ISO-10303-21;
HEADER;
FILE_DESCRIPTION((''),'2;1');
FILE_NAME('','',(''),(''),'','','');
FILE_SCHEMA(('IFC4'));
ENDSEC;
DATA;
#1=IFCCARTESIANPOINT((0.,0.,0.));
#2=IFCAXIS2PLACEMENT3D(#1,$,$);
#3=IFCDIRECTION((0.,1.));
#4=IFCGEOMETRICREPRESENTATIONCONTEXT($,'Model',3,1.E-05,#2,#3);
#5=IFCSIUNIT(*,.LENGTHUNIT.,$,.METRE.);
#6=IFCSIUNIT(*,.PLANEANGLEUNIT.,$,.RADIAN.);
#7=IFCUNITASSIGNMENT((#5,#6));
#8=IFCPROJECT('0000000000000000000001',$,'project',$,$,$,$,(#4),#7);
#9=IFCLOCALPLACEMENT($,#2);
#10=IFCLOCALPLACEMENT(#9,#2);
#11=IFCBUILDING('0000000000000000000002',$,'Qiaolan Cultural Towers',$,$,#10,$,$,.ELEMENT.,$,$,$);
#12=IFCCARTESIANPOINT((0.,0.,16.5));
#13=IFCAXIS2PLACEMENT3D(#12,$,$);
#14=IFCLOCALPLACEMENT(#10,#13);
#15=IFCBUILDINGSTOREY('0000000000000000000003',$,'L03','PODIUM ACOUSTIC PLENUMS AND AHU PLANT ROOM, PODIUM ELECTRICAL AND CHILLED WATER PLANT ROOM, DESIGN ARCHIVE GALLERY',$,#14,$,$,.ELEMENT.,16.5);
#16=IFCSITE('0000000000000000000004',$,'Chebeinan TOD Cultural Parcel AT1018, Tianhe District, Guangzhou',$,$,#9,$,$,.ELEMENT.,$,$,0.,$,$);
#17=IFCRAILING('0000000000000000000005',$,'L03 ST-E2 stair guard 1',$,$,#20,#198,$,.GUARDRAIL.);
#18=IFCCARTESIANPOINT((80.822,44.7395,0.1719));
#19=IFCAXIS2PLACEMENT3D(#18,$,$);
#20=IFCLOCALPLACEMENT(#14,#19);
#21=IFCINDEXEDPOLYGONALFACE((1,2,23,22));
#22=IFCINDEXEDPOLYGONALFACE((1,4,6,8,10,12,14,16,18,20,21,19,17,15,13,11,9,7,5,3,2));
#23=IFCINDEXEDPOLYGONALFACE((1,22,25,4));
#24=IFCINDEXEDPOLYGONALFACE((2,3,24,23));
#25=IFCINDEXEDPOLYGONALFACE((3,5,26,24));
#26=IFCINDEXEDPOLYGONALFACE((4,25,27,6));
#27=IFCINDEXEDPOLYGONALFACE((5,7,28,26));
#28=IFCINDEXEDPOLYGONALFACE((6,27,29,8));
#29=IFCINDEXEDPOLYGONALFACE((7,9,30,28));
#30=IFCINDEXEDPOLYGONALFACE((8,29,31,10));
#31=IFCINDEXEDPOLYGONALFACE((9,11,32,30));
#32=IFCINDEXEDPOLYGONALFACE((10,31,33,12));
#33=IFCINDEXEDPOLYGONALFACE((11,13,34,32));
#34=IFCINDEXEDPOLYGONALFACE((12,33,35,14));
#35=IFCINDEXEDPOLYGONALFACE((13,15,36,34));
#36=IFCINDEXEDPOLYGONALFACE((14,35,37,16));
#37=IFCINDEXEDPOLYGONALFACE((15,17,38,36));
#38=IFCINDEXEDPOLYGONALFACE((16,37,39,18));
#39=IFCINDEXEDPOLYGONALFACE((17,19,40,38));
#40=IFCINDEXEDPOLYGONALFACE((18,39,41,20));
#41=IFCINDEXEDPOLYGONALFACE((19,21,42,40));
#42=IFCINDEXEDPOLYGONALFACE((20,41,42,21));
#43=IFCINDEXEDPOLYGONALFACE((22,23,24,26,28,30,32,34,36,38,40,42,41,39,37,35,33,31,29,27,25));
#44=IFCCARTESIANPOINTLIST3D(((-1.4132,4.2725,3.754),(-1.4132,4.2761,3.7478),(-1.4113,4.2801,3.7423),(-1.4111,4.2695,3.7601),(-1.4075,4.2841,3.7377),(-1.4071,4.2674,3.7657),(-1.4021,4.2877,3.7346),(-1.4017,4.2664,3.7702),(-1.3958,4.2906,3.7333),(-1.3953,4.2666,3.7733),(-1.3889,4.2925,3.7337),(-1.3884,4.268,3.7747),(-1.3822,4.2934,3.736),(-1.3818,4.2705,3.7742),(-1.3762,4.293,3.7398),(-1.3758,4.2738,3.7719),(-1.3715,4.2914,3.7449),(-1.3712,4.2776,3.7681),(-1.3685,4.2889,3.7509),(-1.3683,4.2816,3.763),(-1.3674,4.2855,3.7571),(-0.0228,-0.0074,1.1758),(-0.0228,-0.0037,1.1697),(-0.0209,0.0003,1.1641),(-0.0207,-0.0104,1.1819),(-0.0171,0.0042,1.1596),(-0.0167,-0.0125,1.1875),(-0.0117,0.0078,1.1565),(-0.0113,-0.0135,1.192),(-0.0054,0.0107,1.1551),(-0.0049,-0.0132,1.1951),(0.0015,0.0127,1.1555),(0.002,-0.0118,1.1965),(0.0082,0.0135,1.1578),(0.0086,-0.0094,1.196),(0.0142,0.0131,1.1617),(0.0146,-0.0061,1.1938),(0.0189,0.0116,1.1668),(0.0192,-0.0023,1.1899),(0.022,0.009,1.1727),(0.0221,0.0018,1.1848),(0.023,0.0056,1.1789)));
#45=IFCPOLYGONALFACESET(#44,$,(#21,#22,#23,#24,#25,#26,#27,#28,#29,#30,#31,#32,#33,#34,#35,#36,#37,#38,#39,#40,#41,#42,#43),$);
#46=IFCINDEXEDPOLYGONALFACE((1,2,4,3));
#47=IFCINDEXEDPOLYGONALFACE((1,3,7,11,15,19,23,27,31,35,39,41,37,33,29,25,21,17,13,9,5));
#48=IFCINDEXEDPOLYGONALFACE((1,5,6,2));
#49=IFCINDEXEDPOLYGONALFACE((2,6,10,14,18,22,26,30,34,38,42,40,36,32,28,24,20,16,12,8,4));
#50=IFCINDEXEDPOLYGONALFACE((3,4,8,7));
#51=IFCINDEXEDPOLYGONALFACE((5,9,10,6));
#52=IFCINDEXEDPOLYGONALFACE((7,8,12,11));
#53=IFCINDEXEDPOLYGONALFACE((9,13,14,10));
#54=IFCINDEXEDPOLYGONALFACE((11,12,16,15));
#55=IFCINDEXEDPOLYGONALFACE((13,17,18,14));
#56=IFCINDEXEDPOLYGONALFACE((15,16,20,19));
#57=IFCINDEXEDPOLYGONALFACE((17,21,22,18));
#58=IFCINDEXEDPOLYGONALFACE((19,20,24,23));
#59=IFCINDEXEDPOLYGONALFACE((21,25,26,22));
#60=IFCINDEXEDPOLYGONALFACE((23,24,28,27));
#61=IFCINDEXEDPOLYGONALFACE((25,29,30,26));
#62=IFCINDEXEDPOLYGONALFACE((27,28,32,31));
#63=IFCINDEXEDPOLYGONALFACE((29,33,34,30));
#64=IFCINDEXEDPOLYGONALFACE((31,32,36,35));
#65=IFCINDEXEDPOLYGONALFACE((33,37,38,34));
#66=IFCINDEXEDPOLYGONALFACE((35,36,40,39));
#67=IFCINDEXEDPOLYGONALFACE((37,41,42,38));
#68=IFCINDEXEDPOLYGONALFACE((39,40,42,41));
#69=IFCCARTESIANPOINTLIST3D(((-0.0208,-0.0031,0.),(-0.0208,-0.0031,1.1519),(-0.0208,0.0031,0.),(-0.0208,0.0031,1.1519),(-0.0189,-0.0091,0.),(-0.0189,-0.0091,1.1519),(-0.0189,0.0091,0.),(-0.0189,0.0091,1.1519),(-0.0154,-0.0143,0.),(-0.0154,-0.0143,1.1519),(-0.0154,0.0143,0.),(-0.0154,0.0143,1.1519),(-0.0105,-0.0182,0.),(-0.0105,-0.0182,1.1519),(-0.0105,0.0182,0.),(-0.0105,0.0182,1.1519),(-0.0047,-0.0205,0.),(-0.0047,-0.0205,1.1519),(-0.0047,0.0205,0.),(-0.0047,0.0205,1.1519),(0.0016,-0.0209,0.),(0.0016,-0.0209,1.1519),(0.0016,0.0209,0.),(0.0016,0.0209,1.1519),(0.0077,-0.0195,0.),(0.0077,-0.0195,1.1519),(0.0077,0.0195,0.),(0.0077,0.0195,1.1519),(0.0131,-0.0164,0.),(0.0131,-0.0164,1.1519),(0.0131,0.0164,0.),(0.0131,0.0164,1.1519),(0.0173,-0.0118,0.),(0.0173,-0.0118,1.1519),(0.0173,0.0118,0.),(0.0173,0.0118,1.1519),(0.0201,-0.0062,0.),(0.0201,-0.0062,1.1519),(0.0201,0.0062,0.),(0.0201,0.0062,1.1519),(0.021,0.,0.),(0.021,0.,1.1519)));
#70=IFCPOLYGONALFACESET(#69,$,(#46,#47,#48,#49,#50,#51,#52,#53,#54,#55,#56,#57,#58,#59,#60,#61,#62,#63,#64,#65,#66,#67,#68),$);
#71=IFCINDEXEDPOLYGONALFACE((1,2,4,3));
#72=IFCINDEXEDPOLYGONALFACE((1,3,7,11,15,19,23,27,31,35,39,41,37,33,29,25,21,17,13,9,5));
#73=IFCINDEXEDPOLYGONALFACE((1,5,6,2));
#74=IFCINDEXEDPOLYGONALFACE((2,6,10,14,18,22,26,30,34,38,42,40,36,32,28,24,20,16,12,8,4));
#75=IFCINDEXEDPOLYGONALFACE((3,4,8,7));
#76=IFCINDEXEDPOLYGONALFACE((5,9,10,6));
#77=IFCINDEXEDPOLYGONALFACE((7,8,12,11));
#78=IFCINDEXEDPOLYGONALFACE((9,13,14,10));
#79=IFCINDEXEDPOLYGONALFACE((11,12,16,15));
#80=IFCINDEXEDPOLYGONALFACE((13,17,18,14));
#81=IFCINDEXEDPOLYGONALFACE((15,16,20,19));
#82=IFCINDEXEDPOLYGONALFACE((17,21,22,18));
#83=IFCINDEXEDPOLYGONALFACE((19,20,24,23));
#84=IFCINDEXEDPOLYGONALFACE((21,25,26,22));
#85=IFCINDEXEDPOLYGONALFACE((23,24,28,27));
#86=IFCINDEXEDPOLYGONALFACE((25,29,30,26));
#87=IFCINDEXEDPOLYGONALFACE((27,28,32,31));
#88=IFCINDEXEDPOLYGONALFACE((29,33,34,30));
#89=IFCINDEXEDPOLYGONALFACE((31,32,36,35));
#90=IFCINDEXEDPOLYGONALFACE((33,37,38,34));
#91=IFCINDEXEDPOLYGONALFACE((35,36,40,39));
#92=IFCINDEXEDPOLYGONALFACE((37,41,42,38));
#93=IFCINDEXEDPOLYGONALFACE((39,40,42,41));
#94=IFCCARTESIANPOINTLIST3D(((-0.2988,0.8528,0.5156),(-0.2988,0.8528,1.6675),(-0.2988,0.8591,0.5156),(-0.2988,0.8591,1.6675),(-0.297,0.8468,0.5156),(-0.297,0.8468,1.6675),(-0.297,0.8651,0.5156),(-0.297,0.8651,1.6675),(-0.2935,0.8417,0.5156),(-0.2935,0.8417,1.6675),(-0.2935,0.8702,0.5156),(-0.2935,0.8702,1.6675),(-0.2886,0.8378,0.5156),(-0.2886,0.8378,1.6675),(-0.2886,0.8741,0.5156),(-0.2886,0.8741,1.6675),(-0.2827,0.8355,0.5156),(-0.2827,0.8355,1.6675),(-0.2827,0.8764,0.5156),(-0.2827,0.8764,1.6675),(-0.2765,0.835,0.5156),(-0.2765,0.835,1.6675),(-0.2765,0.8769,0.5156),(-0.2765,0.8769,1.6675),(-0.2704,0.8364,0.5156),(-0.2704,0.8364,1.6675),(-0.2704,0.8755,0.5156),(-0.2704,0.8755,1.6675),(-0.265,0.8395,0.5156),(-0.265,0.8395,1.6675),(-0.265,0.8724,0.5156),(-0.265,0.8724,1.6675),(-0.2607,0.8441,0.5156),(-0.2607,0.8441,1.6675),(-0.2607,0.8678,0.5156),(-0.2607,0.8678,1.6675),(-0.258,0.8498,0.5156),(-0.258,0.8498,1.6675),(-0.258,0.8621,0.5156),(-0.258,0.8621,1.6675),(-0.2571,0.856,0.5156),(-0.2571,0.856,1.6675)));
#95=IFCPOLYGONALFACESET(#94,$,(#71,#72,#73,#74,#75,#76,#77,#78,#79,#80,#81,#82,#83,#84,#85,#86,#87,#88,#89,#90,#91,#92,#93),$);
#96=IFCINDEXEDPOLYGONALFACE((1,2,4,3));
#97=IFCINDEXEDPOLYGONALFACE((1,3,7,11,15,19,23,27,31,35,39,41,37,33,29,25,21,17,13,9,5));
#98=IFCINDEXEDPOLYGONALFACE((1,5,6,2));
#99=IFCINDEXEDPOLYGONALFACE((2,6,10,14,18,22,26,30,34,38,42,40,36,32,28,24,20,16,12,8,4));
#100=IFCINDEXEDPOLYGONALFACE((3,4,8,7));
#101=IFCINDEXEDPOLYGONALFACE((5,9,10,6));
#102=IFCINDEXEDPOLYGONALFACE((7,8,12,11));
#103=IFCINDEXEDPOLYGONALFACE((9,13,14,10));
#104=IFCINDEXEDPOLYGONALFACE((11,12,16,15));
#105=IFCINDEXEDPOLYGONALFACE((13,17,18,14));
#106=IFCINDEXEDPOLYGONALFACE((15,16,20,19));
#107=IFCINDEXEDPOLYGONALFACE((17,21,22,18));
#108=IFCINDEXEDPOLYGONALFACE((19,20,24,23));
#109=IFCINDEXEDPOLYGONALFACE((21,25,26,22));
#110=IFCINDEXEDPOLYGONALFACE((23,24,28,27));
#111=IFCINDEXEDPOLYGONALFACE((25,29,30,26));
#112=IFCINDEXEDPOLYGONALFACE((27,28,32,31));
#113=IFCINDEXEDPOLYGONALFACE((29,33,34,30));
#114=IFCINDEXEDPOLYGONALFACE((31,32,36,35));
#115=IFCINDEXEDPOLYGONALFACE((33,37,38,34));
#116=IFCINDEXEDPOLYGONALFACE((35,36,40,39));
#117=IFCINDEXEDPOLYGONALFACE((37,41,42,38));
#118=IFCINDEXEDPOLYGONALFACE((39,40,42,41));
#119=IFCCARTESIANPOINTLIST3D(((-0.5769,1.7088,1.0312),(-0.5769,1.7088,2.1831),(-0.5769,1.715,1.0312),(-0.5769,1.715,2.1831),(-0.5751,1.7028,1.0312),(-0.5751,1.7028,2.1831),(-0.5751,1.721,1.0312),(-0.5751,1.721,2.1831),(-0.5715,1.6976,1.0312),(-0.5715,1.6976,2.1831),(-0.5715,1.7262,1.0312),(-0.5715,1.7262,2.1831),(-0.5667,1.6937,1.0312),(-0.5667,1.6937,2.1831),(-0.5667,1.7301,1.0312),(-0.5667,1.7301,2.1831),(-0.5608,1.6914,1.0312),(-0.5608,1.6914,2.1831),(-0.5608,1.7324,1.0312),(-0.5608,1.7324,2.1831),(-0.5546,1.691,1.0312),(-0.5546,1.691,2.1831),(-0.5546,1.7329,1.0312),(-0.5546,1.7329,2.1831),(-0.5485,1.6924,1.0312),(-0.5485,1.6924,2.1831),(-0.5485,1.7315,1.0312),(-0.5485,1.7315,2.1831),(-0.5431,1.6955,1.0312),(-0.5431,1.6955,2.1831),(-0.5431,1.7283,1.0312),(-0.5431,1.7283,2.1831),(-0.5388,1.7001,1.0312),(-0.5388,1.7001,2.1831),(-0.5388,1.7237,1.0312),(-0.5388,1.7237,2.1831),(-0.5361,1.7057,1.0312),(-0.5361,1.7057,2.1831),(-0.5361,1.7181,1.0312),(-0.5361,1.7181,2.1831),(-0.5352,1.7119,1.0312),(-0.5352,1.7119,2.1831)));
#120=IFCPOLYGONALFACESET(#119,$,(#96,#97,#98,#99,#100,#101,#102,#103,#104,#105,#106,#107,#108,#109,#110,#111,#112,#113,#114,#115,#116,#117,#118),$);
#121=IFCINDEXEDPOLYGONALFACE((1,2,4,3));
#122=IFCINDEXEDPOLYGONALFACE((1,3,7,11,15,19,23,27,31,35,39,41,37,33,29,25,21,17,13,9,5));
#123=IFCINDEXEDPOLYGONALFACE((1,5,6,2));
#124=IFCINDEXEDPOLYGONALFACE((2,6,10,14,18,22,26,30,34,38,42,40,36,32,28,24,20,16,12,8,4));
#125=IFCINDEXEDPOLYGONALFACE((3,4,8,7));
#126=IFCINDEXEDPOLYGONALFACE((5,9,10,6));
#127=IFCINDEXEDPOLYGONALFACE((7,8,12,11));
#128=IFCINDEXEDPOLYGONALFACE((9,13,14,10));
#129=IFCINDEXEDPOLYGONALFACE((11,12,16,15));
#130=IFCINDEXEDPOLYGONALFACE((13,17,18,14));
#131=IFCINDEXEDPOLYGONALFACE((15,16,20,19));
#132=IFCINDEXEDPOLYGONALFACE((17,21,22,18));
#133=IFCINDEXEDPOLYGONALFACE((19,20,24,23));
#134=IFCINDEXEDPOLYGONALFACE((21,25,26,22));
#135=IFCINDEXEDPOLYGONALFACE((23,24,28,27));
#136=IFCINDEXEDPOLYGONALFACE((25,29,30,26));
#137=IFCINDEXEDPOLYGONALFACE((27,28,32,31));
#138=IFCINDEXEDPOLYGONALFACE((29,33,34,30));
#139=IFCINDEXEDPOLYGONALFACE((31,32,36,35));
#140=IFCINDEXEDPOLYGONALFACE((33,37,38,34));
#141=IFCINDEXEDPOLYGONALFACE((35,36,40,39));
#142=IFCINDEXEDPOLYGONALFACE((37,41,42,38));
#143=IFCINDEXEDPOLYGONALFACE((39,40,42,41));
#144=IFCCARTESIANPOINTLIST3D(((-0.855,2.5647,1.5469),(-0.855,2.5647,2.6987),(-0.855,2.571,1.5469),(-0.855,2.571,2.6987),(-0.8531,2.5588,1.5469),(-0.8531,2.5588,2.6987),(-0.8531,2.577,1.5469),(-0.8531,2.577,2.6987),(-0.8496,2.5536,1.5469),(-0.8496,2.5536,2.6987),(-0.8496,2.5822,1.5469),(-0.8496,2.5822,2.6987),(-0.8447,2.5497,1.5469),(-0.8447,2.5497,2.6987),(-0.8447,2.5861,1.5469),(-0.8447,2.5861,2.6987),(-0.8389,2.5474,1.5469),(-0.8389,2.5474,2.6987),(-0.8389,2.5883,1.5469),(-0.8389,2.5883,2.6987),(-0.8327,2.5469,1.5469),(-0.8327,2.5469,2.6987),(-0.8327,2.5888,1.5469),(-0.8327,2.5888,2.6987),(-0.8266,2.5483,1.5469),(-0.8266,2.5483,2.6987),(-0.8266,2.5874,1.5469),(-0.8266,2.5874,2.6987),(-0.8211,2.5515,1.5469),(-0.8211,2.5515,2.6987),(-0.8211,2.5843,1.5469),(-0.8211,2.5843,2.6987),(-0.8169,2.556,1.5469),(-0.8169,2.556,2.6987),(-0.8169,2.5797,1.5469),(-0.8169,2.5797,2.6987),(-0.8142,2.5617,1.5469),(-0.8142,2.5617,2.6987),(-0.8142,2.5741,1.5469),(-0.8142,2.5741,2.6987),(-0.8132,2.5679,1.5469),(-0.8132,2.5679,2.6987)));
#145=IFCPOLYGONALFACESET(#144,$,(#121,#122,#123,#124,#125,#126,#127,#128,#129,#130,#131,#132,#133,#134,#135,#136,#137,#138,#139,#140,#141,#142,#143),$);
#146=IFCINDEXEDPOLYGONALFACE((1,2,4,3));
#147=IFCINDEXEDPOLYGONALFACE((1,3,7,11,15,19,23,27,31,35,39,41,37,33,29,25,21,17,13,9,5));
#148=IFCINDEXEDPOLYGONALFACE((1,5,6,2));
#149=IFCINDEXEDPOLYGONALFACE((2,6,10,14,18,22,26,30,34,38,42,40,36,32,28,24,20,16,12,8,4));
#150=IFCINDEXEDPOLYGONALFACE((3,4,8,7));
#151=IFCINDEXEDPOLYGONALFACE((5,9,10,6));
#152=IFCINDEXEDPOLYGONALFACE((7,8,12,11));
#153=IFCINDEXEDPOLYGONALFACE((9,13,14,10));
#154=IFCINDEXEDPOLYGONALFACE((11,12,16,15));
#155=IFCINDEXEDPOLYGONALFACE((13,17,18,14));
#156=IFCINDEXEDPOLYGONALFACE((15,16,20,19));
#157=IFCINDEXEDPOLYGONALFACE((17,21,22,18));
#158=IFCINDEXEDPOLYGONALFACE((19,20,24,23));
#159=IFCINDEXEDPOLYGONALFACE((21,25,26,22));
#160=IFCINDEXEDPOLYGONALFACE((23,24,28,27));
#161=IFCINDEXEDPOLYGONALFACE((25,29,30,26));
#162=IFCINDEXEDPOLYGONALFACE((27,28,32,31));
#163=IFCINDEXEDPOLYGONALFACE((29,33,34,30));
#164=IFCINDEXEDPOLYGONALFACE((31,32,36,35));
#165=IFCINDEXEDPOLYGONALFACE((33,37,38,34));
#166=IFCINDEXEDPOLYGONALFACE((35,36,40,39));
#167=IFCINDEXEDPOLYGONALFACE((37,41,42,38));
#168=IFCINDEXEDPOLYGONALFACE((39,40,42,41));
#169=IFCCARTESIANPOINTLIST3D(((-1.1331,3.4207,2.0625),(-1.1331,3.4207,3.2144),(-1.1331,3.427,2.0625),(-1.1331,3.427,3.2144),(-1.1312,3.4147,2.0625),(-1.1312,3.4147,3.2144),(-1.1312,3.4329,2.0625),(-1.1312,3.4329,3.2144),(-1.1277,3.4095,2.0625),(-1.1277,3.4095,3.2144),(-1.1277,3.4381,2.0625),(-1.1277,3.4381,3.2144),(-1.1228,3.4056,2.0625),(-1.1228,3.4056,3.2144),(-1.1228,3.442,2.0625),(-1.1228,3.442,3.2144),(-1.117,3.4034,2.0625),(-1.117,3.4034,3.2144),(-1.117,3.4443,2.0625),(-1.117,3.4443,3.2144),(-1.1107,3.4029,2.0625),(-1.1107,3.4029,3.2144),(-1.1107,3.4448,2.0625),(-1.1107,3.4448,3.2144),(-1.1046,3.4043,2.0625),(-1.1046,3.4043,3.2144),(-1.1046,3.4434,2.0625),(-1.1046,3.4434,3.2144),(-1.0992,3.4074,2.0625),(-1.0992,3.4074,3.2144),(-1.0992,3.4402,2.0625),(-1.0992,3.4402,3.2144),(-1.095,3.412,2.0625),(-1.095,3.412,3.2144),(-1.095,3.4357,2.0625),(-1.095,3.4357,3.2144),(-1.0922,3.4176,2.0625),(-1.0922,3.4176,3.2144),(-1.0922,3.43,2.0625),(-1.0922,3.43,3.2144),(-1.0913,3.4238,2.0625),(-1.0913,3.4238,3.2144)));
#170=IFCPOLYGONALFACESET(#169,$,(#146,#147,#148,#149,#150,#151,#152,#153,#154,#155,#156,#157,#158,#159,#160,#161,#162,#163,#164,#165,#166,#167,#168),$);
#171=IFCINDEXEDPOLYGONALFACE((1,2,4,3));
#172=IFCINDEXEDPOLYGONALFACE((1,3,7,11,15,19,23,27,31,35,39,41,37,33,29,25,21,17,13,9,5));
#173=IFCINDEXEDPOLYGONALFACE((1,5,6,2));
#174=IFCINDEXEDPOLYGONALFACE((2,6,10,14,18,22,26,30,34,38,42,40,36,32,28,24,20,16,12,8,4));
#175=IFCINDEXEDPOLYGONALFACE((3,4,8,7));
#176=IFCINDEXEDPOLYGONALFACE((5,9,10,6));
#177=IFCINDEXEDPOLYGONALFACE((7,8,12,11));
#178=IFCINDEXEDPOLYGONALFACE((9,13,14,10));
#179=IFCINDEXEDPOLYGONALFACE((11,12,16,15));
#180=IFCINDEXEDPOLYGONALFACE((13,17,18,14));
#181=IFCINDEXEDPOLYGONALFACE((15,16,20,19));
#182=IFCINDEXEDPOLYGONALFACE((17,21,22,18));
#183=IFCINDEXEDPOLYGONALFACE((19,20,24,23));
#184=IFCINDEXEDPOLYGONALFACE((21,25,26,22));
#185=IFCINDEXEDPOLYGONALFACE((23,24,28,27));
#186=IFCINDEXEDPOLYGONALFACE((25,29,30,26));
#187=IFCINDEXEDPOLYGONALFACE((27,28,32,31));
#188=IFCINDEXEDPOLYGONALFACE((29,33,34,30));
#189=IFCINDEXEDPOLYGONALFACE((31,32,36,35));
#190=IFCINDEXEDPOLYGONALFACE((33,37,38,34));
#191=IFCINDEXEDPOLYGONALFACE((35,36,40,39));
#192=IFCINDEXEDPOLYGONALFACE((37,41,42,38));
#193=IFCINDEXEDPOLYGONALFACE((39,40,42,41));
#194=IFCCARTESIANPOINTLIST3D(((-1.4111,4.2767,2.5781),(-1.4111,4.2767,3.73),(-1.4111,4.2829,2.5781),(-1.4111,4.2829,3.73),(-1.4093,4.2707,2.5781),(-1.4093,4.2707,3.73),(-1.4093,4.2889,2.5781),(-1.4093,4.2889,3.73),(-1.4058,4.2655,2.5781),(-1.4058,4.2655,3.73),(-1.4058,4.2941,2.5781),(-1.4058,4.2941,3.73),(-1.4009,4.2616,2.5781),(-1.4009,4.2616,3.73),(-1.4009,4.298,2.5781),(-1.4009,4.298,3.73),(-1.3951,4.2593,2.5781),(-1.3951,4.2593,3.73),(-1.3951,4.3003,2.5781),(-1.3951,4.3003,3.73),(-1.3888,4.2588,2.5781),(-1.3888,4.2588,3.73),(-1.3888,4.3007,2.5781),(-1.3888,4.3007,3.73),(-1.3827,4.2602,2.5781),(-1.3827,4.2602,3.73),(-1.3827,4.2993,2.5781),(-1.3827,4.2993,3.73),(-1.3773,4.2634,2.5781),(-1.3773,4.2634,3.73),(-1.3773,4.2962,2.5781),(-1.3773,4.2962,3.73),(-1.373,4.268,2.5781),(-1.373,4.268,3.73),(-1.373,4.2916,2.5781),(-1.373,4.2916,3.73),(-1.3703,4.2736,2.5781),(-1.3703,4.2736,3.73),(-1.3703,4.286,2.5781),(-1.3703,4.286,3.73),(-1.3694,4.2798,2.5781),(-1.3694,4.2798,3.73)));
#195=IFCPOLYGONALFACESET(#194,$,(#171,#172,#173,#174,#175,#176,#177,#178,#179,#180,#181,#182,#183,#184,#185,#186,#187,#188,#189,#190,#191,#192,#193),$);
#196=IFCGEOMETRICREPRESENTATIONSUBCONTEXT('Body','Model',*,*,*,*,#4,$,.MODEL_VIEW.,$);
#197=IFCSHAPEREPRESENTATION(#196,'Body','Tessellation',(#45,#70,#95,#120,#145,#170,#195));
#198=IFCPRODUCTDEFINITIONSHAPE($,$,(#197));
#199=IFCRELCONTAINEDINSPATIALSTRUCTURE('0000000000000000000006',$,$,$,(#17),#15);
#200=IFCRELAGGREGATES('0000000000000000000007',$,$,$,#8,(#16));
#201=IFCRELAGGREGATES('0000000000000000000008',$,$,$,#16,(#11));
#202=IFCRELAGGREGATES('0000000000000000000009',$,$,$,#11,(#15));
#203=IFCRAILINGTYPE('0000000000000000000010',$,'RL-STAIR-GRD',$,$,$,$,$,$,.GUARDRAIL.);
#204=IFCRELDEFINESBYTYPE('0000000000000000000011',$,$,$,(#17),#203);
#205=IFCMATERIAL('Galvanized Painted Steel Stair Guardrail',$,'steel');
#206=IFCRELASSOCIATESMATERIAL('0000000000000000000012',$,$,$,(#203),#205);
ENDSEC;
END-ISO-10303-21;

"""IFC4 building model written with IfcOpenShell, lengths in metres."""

from ifc_helpers import new_model, si_unit, direction, frame, origin, origin_2d, place, context, subcontext, project, spatial, circle, extrude, material, type_object, element, save


model = new_model("IFC4")

# Units and contexts
model_context = context("Model", 3, precision=1e-05, world=origin(), true_north=direction((0.0, 1.0)))
body_context = subcontext(model_context, "Body", "Model", "MODEL_VIEW")
ifc_project = project(units=[si_unit("LENGTHUNIT", "METRE"), si_unit("PLANEANGLEUNIT", "RADIAN")], contexts=[model_context])

# Site, building, storey
site_placement = place(None, origin())
site = spatial("IfcSite", under=ifc_project, at=site_placement, Name="Chebeinan TOD Cultural Parcel AT1018, Tianhe District, Guangzhou", CompositionType="ELEMENT", RefElevation=0.0)
building_placement = place(site_placement, origin())
building = spatial("IfcBuilding", under=site, at=building_placement, Name="Qiaolan Cultural Towers", CompositionType="ELEMENT")
storey_placement = place(building_placement, frame((0.0, 0.0, 16.5)))
storey = spatial("IfcBuildingStorey", under=building, at=storey_placement, Name="L03", Description="PODIUM ACOUSTIC PLENUMS AND AHU PLANT ROOM, PODIUM ELECTRICAL AND CHILLED WATER PLANT ROOM, DESIGN ARCHIVE GALLERY", CompositionType="ELEMENT", Elevation=16.5)

# Railing
ifc_material_1 = material(Name="Galvanized Painted Steel Stair Guardrail", Category="steel")
railing_type_1 = type_object("IfcRailingType", Name="RL-STAIR-GRD", PredefinedType="GUARDRAIL", material=ifc_material_1)
railing_1_placement = place(storey_placement, frame((80.822, 44.7395, 0.1719)))
element("IfcRailing", 1, at=railing_1_placement, inside=storey, type_object=railing_type_1, Name="L03 ST-E2 stair guard 1", PredefinedType="GUARDRAIL", context=body_context, shape_type="SweptSolid", body=[
    extrude(circle(Radius=0.0239, at=origin_2d()), frame((0.0, 0.0, 1.1758), z_axis=(-0.268094, 0.825229, 0.497115), x_axis=(-0.95107, -0.308976, 0.0)), (0.0, 0.0, 1.0), 5.1863),
    extrude(circle(Radius=0.021, at=origin_2d()), origin(), (0.0, 0.0, 1.0), 1.1519),
    extrude(circle(Radius=0.021, at=origin_2d()), frame((-0.2781, 0.856, 0.5156)), (0.0, 0.0, 1.0), 1.1519),
    extrude(circle(Radius=0.021, at=origin_2d()), frame((-0.5562, 1.7119, 1.0312)), (0.0, 0.0, 1.0), 1.1519),
    extrude(circle(Radius=0.021, at=origin_2d()), frame((-0.8342, 2.5679, 1.5469)), (0.0, 0.0, 1.0), 1.1519),
    extrude(circle(Radius=0.021, at=origin_2d()), frame((-1.1123, 3.4238, 2.0625)), (0.0, 0.0, 1.0), 1.1519),
    extrude(circle(Radius=0.021, at=origin_2d()), frame((-1.3904, 4.2798, 2.5781)), (0.0, 0.0, 1.0), 1.1519),
])

save(model, "model.ifc")
